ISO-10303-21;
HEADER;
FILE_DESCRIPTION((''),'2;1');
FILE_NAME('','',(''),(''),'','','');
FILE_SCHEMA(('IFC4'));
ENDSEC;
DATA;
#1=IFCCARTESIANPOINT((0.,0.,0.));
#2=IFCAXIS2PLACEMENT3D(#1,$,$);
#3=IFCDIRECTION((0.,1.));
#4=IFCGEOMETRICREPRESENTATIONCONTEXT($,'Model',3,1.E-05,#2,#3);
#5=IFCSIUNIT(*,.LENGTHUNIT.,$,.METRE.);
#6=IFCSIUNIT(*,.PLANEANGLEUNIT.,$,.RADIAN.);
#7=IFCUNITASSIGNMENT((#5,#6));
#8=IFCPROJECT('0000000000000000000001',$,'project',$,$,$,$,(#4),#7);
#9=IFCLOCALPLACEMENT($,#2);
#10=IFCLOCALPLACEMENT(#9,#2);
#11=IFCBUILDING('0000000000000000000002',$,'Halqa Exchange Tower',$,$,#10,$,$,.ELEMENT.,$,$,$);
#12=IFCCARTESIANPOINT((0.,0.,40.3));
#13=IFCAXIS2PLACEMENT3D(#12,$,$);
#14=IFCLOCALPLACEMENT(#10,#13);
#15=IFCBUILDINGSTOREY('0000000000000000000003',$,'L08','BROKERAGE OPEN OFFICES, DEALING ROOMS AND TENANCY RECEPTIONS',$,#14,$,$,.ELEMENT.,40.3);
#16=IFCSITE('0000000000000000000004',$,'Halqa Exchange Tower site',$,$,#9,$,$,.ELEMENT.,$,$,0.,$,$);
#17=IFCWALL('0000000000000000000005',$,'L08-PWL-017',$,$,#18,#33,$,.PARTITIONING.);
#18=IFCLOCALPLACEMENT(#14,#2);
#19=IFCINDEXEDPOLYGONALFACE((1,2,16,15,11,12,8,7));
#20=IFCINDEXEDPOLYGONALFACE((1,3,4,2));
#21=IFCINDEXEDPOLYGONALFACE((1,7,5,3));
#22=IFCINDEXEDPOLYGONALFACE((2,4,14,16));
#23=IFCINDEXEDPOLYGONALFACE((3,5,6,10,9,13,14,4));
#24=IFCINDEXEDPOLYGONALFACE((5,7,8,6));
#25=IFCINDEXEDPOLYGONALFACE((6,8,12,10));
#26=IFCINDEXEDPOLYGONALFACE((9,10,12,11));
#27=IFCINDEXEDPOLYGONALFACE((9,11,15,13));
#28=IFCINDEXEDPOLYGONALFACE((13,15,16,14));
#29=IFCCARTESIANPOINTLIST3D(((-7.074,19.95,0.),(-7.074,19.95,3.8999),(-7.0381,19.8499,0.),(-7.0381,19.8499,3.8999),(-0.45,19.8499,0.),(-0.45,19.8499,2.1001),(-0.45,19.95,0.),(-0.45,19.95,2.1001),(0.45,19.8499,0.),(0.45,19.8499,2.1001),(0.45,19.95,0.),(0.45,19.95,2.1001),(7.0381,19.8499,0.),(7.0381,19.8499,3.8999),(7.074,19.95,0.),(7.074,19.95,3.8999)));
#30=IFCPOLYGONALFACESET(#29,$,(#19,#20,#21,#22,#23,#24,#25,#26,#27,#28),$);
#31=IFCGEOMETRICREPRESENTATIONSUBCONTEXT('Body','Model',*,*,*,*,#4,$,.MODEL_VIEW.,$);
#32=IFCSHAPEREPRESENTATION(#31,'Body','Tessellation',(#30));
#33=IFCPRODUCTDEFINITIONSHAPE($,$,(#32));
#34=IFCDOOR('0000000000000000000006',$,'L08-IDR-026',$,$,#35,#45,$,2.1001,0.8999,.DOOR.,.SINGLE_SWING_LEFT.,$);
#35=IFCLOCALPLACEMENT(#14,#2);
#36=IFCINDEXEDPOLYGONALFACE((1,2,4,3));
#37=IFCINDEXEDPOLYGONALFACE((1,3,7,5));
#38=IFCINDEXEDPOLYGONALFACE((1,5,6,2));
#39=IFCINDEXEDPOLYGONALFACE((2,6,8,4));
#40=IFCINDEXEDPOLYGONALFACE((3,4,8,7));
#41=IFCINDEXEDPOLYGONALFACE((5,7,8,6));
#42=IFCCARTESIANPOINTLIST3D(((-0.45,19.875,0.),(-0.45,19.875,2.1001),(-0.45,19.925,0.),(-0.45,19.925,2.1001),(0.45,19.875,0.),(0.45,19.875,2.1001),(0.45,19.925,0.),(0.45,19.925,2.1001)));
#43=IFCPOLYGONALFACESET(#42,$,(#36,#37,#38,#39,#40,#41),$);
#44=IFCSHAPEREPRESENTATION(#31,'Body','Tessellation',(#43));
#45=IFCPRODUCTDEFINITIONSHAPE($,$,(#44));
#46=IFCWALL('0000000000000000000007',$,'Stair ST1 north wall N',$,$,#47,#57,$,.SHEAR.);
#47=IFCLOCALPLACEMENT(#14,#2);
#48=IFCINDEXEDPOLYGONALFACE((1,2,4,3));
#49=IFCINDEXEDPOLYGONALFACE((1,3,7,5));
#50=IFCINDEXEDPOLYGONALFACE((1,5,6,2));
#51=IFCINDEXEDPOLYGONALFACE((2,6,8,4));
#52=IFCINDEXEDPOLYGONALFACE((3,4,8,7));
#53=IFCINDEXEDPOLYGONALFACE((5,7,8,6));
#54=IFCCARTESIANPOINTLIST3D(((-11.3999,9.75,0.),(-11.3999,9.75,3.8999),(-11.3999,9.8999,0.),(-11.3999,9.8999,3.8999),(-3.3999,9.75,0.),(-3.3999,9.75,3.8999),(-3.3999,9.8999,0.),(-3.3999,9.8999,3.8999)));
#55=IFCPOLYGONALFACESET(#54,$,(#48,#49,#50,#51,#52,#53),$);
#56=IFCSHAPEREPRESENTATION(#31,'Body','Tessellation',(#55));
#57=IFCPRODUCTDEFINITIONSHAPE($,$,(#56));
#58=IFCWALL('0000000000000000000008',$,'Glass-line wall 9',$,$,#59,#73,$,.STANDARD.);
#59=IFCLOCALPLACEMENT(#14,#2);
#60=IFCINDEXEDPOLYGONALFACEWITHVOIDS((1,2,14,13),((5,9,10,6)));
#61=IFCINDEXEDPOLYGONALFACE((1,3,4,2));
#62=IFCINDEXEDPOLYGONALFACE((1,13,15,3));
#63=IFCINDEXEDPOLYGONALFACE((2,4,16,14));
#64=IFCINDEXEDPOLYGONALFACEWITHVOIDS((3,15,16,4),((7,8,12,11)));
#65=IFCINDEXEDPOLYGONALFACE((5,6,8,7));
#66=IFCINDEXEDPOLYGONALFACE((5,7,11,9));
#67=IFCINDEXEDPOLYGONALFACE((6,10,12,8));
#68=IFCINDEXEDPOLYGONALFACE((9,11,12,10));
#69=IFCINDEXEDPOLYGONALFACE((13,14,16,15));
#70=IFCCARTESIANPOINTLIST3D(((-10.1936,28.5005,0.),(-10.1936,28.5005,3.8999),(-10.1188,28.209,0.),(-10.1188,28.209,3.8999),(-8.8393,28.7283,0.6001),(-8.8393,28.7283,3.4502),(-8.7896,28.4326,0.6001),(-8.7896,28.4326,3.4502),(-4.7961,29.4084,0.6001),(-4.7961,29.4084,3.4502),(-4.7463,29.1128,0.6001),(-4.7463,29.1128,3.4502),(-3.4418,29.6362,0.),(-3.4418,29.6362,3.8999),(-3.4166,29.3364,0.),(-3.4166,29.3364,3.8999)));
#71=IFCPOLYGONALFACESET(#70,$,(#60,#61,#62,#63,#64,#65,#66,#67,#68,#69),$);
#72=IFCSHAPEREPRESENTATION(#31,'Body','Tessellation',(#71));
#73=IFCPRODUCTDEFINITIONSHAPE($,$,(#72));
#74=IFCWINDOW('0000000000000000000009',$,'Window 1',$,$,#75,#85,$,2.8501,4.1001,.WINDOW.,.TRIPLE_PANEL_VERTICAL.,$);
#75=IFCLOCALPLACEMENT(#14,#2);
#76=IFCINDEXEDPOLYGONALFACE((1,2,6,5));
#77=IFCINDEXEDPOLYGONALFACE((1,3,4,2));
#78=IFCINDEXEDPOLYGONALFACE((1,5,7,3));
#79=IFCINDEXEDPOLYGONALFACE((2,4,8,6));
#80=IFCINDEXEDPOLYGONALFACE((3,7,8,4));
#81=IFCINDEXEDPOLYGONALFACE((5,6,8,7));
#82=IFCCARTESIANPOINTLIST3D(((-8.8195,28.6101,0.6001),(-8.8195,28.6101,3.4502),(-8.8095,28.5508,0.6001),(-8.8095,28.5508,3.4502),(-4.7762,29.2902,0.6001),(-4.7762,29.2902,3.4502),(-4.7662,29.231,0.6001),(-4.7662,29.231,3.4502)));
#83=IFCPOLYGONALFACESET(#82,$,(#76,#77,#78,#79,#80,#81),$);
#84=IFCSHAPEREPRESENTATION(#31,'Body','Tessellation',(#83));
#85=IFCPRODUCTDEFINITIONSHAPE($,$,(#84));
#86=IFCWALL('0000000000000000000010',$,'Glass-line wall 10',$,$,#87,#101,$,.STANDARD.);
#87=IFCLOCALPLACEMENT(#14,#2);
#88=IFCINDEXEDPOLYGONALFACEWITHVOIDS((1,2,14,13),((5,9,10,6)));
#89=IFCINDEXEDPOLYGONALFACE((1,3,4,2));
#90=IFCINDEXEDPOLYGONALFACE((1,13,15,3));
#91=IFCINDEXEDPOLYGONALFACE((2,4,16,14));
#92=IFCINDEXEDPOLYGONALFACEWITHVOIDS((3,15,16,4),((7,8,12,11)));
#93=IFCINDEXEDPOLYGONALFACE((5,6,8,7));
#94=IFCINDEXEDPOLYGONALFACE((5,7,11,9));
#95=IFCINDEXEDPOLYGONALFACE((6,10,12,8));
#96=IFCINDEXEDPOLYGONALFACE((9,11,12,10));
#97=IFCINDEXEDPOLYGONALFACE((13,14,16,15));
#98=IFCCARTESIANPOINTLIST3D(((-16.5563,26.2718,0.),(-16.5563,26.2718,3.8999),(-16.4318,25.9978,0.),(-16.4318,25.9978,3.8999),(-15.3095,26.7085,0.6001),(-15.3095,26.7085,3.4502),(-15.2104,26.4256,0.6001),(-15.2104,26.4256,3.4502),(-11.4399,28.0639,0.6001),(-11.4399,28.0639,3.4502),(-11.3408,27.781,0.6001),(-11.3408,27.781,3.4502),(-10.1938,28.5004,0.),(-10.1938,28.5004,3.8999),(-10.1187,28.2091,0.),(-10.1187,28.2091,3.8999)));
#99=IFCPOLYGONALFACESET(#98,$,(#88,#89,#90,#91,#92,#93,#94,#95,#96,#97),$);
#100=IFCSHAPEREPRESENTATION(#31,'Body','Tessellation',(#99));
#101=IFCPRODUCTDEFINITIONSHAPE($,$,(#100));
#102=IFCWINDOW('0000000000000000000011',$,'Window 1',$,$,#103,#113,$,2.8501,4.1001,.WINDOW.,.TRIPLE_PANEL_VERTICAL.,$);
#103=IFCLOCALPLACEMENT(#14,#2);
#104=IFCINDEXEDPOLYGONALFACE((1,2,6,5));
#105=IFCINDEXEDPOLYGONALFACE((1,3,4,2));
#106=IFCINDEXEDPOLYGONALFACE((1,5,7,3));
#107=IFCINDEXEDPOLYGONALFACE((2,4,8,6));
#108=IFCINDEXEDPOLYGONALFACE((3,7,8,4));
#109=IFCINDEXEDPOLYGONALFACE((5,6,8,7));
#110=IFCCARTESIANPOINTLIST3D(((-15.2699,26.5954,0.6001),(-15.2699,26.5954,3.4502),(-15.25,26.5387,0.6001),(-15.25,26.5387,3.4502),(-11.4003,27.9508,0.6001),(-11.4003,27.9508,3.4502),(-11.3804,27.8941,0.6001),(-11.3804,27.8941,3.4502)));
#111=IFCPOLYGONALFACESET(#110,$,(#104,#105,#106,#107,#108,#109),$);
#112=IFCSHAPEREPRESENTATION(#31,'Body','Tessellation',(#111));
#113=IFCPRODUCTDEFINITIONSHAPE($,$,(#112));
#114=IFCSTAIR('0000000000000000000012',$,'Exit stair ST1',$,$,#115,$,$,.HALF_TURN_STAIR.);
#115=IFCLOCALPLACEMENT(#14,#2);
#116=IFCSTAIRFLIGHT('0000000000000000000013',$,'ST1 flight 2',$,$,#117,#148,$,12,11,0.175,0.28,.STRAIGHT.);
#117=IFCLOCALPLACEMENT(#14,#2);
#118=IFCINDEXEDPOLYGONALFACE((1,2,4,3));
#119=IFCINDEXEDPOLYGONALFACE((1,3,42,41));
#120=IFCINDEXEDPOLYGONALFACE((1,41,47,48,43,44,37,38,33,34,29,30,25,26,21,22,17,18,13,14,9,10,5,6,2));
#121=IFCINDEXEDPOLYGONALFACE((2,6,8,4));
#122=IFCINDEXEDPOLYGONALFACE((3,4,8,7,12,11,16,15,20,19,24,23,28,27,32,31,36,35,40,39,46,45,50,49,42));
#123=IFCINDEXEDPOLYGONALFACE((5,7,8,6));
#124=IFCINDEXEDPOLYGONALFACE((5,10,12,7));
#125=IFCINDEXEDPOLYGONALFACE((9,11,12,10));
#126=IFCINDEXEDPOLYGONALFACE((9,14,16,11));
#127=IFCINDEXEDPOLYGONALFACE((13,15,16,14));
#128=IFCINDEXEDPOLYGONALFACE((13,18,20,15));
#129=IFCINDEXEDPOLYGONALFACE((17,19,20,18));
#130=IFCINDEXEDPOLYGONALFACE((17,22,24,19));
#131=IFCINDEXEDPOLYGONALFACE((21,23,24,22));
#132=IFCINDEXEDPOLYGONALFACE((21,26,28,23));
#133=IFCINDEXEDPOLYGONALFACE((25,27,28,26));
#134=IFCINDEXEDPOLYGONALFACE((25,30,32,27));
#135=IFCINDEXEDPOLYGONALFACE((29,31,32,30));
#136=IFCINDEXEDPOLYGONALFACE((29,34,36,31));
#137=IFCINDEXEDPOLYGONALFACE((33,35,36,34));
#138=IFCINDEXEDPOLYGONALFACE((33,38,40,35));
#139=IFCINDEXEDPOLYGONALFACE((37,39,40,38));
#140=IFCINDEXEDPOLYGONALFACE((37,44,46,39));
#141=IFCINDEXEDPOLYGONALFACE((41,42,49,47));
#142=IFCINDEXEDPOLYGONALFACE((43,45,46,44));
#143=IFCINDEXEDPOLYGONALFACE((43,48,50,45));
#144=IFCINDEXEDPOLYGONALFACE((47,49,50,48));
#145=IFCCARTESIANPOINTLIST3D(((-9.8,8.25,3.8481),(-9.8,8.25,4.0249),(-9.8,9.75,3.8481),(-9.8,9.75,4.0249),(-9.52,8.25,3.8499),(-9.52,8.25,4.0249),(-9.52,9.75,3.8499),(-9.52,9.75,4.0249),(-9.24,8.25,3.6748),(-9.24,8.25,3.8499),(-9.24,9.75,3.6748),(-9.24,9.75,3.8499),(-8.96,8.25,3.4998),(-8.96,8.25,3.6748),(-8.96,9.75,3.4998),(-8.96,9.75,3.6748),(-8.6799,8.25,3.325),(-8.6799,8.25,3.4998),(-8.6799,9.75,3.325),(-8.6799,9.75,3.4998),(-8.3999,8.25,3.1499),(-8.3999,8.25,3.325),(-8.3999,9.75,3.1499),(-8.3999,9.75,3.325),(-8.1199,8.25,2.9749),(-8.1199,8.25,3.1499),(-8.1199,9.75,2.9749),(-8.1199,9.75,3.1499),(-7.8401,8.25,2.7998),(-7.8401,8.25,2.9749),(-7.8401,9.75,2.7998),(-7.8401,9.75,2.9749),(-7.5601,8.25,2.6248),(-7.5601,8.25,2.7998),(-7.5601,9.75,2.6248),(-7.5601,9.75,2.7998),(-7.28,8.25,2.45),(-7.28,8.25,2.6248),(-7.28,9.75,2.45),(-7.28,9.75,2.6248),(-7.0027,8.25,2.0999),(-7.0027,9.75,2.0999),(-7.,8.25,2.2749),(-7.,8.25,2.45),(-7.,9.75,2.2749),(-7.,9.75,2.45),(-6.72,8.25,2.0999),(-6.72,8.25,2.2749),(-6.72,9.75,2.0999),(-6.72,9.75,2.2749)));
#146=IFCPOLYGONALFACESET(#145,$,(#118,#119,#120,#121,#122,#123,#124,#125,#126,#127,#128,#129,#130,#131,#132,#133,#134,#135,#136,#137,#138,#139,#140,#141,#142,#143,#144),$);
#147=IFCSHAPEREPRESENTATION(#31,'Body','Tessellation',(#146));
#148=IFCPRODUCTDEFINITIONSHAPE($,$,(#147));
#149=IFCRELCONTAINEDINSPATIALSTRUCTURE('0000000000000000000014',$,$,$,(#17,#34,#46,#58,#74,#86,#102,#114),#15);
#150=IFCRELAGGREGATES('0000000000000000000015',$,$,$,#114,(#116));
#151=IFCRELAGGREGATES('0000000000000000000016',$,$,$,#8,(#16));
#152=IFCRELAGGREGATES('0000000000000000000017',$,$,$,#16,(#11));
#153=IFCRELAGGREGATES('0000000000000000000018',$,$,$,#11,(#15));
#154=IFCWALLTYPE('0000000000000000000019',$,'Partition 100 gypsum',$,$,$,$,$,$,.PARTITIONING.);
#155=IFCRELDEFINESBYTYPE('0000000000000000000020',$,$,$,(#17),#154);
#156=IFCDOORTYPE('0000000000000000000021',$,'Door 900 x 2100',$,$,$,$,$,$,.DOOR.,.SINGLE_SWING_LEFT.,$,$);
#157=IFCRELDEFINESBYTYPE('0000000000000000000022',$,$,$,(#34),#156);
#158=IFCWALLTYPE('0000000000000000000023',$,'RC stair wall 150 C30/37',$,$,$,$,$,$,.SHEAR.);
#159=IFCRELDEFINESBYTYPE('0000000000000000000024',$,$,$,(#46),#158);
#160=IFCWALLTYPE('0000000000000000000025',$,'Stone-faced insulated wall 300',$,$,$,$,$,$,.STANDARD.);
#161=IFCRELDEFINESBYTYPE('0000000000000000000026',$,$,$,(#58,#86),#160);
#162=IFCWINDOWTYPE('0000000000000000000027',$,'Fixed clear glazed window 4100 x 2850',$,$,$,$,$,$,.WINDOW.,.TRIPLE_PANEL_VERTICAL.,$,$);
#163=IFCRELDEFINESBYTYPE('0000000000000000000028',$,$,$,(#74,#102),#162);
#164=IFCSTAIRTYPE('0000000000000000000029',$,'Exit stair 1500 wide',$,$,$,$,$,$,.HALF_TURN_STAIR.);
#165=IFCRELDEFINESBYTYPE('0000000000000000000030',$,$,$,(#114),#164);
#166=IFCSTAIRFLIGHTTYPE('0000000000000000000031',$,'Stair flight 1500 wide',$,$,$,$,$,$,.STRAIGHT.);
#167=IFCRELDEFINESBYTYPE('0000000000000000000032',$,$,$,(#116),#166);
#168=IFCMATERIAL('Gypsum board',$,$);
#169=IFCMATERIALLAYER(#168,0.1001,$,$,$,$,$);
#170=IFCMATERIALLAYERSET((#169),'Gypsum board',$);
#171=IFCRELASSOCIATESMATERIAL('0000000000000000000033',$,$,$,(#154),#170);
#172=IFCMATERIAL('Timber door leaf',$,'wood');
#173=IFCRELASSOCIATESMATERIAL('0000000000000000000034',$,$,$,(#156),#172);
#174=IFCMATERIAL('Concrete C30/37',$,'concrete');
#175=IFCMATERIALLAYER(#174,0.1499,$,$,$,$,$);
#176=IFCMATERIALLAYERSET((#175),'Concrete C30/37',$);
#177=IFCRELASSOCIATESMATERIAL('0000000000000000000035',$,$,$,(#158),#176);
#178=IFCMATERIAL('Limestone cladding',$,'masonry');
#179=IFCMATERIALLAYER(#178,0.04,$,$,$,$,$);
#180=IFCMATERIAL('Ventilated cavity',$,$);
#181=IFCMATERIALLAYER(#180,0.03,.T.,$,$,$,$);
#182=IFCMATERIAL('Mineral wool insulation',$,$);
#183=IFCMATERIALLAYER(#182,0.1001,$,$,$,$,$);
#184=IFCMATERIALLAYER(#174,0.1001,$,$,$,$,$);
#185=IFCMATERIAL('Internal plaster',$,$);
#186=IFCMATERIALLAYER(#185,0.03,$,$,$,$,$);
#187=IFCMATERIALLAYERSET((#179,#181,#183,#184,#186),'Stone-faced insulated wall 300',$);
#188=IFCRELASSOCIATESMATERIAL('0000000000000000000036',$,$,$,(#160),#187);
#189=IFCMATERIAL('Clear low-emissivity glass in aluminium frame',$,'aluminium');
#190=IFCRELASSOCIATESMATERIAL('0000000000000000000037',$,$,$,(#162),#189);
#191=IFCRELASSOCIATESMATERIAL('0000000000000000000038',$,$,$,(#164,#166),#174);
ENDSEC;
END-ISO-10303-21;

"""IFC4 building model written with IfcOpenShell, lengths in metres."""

from ifc_helpers import new_model, si_unit, direction, frame, frame_2d, origin, place, context, subcontext, project, spatial, polyline, rectangle, outline, extrude, material, layer, layer_set, type_object, element, fill, aggregate, save


model = new_model("IFC4")

# Units and contexts
model_context = context("Model", 3, precision=1e-05, world=origin(), true_north=direction((0.0, 1.0)))
body_context = subcontext(model_context, "Body", "Model", "MODEL_VIEW")
ifc_project = project(units=[si_unit("LENGTHUNIT", "METRE"), si_unit("PLANEANGLEUNIT", "RADIAN")], contexts=[model_context])

# Site, building, storey
site_placement = place(None, origin())
site = spatial("IfcSite", under=ifc_project, at=site_placement, Name="Halqa Exchange Tower site", CompositionType="ELEMENT", RefElevation=0.0)
building_placement = place(site_placement, origin())
building = spatial("IfcBuilding", under=site, at=building_placement, Name="Halqa Exchange Tower", CompositionType="ELEMENT")
storey_placement = place(building_placement, frame((0.0, 0.0, 40.3)))
storey = spatial("IfcBuildingStorey", under=building, at=storey_placement, Name="L08", Description="BROKERAGE OPEN OFFICES, DEALING ROOMS AND TENANCY RECEPTIONS", CompositionType="ELEMENT", Elevation=40.3)

# Wall, opening, door
ifc_material_1 = material(Name="Gypsum board")
ifc_layer_1 = layer(ifc_material_1, 0.1001)
ifc_layer_set_1 = layer_set([ifc_layer_1], Name="Gypsum board")
wall_type_1 = type_object("IfcWallType", Name="Partition 100 gypsum", PredefinedType="PARTITIONING", material=ifc_layer_set_1)
wall_1_placement = place(storey_placement, frame((-7.074, 19.8999, 0.0), z_axis=(0.0, 0.0, 1.0), x_axis=(1.0, 0.0, 0.0)))
wall_1 = element("IfcWall", 1, at=wall_1_placement, inside=storey, type_object=wall_type_1, Name="L08-PWL-017", PredefinedType="PARTITIONING", context=body_context, shape_type="SweptSolid", body=[
    extrude(outline(polyline([(0.0359, -0.05), (1.7954, -0.05), (3.5549, -0.05), (5.3145, -0.05), (7.074, -0.05), (8.8335, -0.05), (10.593, -0.05), (12.3525, -0.05), (14.1121, -0.05), (14.1479, 0.05), (14.1479, 0.05), (12.3794, 0.05), (10.6108, 0.05), (8.8425, 0.05), (7.074, 0.05), (5.3054, 0.05), (3.5371, 0.05), (1.7686, 0.05), (0.0, 0.05), (0.0, 0.05), (0.0359, -0.05)])), origin(), (0.0, 0.0, 1.0), 3.8999),
])
opening_1_placement = place(wall_1_placement, frame((6.624, 0.0, 0.0)))
opening_1 = element("IfcOpeningElement", 2, at=opening_1_placement, cuts=wall_1, PredefinedType="OPENING", context=body_context, shape_type="SweptSolid", body=[
    extrude(rectangle(XDim=0.8999, YDim=2.1001, at=frame_2d((0.45, 1.05))), frame((0.0, 0.062, 0.0), z_axis=(0.0, -1.0, 0.0), x_axis=(1.0, 0.0, 0.0)), (0.0, 0.0, 1.0), 0.124),
])
ifc_material_2 = material(Name="Timber door leaf", Category="wood")
door_type = type_object("IfcDoorType", Name="Door 900 x 2100", OperationType="SINGLE_SWING_LEFT", PredefinedType="DOOR", material=ifc_material_2)
door_placement = place(opening_1_placement, frame((0.8999, 0.0, 0.0), z_axis=(0.0, 0.0, 1.0), x_axis=(-1.0, 0.0, 0.0)))
door = element("IfcDoor", 3, at=door_placement, inside=storey, type_object=door_type, Name="L08-IDR-026", OperationType="SINGLE_SWING_LEFT", OverallHeight=2.1001, OverallWidth=0.8999, PredefinedType="DOOR", context=body_context, shape_type="SweptSolid", body=[
    extrude(rectangle(XDim=0.8999, YDim=2.1001, at=frame_2d((0.45, 1.05))), frame((0.0, 0.0249, 0.0), z_axis=(0.0, -1.0, 0.0), x_axis=(1.0, 0.0, 0.0)), (0.0, 0.0, 1.0), 0.05),
])
fill(opening_1, door)

# Wall
ifc_material_3 = material(Name="Concrete C30/37", Category="concrete")
ifc_layer_2 = layer(ifc_material_3, 0.1499)
ifc_layer_set_2 = layer_set([ifc_layer_2], Name="Concrete C30/37")
wall_type_2 = type_object("IfcWallType", Name="RC stair wall 150 C30/37", PredefinedType="SHEAR", material=ifc_layer_set_2)
wall_2_placement = place(storey_placement, frame((-11.3999, 9.825, 0.0), z_axis=(0.0, 0.0, 1.0), x_axis=(1.0, 0.0, 0.0)))
element("IfcWall", 4, at=wall_2_placement, inside=storey, type_object=wall_type_2, Name="Stair ST1 north wall N", PredefinedType="SHEAR", context=body_context, shape_type="SweptSolid", body=[
    extrude(rectangle(XDim=8.0, YDim=0.1499, at=frame_2d((4.0, 0.0))), origin(), (0.0, 0.0, 1.0), 3.8999),
])

# Walls, openings, windows
ifc_material_4 = material(Name="Limestone cladding", Category="masonry")
ifc_layer_3 = layer(ifc_material_4, 0.04)
ifc_material_5 = material(Name="Ventilated cavity")
ifc_layer_4 = layer(ifc_material_5, 0.03, ventilated=True)
ifc_material_6 = material(Name="Mineral wool insulation")
ifc_layer_5 = layer(ifc_material_6, 0.1001)
ifc_layer_6 = layer(ifc_material_3, 0.1001)
ifc_material_7 = material(Name="Internal plaster")
ifc_layer_7 = layer(ifc_material_7, 0.03)
ifc_layer_set_3 = layer_set([ifc_layer_3, ifc_layer_4, ifc_layer_5, ifc_layer_6, ifc_layer_7], Name="Stone-faced insulated wall 300")
wall_type_3 = type_object("IfcWallType", Name="Stone-faced insulated wall 300", PredefinedType="STANDARD", material=ifc_layer_set_3)
wall_3_placement = place(storey_placement, frame((-3.4292, 29.4863, 0.0), z_axis=(0.0, 0.0, 1.0), x_axis=(-0.986145, -0.165885, 0.0)))
wall_3 = element("IfcWall", 5, at=wall_3_placement, inside=storey, type_object=wall_type_3, Name="Glass-line wall 9", PredefinedType="STANDARD", context=body_context, shape_type="SweptSolid", body=[
    extrude(outline(polyline([(-0.0125, -0.1499), (6.8342, -0.1499), (6.8088, 0.1499), (0.0125, 0.1499), (-0.0125, -0.1499)])), origin(), (0.0, 0.0, 1.0), 3.8999),
])
opening_2_placement = place(wall_3_placement, frame((1.3608, 0.0, 0.6001)))
opening_2 = element("IfcOpeningElement", 6, at=opening_2_placement, cuts=wall_3, PredefinedType="OPENING", context=body_context, shape_type="SweptSolid", body=[
    extrude(rectangle(XDim=4.1001, YDim=2.8501, at=frame_2d((2.05, 1.425))), frame((0.0, 0.1621, 0.0), z_axis=(0.0, -1.0, 0.0), x_axis=(1.0, 0.0, 0.0)), (0.0, 0.0, 1.0), 0.324),
])
ifc_material_8 = material(Name="Clear low-emissivity glass in aluminium frame", Category="aluminium")
window_type = type_object("IfcWindowType", Name="Fixed clear glazed window 4100 x 2850", PartitioningType="TRIPLE_PANEL_VERTICAL", PredefinedType="WINDOW", material=ifc_material_8)
window_1_placement = place(opening_2_placement, origin())
window_1 = element("IfcWindow", 7, at=window_1_placement, inside=storey, type_object=window_type, Name="Window 1", OverallHeight=2.8501, OverallWidth=4.1001, PartitioningType="TRIPLE_PANEL_VERTICAL", PredefinedType="WINDOW", context=body_context, shape_type="SweptSolid", body=[
    extrude(rectangle(XDim=4.1001, YDim=2.8501, at=frame_2d((2.05, 1.425))), frame((0.0, 0.03, 0.0), z_axis=(0.0, -1.0, 0.0), x_axis=(1.0, 0.0, 0.0)), (0.0, 0.0, 1.0), 0.0601),
])
fill(opening_2, window_1)
wall_4_placement = place(storey_placement, frame((-10.1562, 28.3547, 0.0), z_axis=(0.0, 0.0, 1.0), x_axis=(-0.943779, -0.330577, 0.0)))
wall_4 = element("IfcWall", 8, at=wall_4_placement, inside=storey, type_object=wall_type_3, Name="Glass-line wall 10", PredefinedType="STANDARD", context=body_context, shape_type="SweptSolid", body=[
    extrude(outline(polyline([(-0.0127, -0.1499), (6.7288, -0.1499), (6.7019, 0.1499), (0.0127, 0.1499), (-0.0127, -0.1499)])), origin(), (0.0, 0.0, 1.0), 3.8999),
])
opening_3_placement = place(wall_4_placement, frame((1.3076, 0.0, 0.6001)))
opening_3 = element("IfcOpeningElement", 9, at=opening_3_placement, cuts=wall_4, PredefinedType="OPENING", context=body_context, shape_type="SweptSolid", body=[
    extrude(rectangle(XDim=4.1001, YDim=2.8501, at=frame_2d((2.05, 1.425))), frame((0.0, 0.1621, 0.0), z_axis=(0.0, -1.0, 0.0), x_axis=(1.0, 0.0, 0.0)), (0.0, 0.0, 1.0), 0.324),
])
window_2_placement = place(opening_3_placement, origin())
window_2 = element("IfcWindow", 10, at=window_2_placement, inside=storey, type_object=window_type, Name="Window 1", OverallHeight=2.8501, OverallWidth=4.1001, PartitioningType="TRIPLE_PANEL_VERTICAL", PredefinedType="WINDOW", context=body_context, shape_type="SweptSolid", body=[
    extrude(rectangle(XDim=4.1001, YDim=2.8501, at=frame_2d((2.05, 1.425))), frame((0.0, 0.03, 0.0), z_axis=(0.0, -1.0, 0.0), x_axis=(1.0, 0.0, 0.0)), (0.0, 0.0, 1.0), 0.0601),
])
fill(opening_3, window_2)

# Stair, stair flight
stair_type = type_object("IfcStairType", Name="Exit stair 1500 wide", PredefinedType="HALF_TURN_STAIR", material=ifc_material_3)
stair_placement = place(storey_placement, origin())
stair = element("IfcStair", 11, at=stair_placement, inside=storey, type_object=stair_type, Name="Exit stair ST1", PredefinedType="HALF_TURN_STAIR")
stair_flight_type = type_object("IfcStairFlightType", Name="Stair flight 1500 wide", PredefinedType="STRAIGHT", material=ifc_material_3)
stair_flight_placement = place(storey_placement, frame((-6.72, 9.0, 2.0999), z_axis=(0.0, 0.0, 1.0), x_axis=(-1.0, 0.0, 0.0)))
stair_flight = element("IfcStairFlight", 12, at=stair_flight_placement, type_object=stair_flight_type, Name="ST1 flight 2", NumberOfRisers=12, NumberOfTreads=11, PredefinedType="STRAIGHT", RiserHeight=0.175, TreadLength=0.28, context=body_context, shape_type="SweptSolid", body=[
    extrude(outline(polyline([(0.0, 0.0), (0.0, 0.175), (0.28, 0.175), (0.28, 0.3501), (0.5601, 0.3501), (0.5601, 0.5249), (0.8401, 0.5249), (0.8401, 0.7), (1.1201, 0.7), (1.1201, 0.875), (1.3999, 0.875), (1.3999, 1.05), (1.6799, 1.05), (1.6799, 1.2251), (1.96, 1.2251), (1.96, 1.3999), (2.24, 1.3999), (2.24, 1.575), (2.52, 1.575), (2.52, 1.75), (2.8, 1.75), (2.8, 1.925), (3.0801, 1.925), (3.0801, 2.1001), (3.0801, 1.7483), (0.2827, 0.0), (0.0, 0.0)])), frame((0.0, 0.75, 0.0), z_axis=(0.0, -1.0, 0.0), x_axis=(1.0, 0.0, 0.0)), (0.0, 0.0, 1.0), 1.5),
])
aggregate(stair, [stair_flight])

save(model, "model.ifc")
